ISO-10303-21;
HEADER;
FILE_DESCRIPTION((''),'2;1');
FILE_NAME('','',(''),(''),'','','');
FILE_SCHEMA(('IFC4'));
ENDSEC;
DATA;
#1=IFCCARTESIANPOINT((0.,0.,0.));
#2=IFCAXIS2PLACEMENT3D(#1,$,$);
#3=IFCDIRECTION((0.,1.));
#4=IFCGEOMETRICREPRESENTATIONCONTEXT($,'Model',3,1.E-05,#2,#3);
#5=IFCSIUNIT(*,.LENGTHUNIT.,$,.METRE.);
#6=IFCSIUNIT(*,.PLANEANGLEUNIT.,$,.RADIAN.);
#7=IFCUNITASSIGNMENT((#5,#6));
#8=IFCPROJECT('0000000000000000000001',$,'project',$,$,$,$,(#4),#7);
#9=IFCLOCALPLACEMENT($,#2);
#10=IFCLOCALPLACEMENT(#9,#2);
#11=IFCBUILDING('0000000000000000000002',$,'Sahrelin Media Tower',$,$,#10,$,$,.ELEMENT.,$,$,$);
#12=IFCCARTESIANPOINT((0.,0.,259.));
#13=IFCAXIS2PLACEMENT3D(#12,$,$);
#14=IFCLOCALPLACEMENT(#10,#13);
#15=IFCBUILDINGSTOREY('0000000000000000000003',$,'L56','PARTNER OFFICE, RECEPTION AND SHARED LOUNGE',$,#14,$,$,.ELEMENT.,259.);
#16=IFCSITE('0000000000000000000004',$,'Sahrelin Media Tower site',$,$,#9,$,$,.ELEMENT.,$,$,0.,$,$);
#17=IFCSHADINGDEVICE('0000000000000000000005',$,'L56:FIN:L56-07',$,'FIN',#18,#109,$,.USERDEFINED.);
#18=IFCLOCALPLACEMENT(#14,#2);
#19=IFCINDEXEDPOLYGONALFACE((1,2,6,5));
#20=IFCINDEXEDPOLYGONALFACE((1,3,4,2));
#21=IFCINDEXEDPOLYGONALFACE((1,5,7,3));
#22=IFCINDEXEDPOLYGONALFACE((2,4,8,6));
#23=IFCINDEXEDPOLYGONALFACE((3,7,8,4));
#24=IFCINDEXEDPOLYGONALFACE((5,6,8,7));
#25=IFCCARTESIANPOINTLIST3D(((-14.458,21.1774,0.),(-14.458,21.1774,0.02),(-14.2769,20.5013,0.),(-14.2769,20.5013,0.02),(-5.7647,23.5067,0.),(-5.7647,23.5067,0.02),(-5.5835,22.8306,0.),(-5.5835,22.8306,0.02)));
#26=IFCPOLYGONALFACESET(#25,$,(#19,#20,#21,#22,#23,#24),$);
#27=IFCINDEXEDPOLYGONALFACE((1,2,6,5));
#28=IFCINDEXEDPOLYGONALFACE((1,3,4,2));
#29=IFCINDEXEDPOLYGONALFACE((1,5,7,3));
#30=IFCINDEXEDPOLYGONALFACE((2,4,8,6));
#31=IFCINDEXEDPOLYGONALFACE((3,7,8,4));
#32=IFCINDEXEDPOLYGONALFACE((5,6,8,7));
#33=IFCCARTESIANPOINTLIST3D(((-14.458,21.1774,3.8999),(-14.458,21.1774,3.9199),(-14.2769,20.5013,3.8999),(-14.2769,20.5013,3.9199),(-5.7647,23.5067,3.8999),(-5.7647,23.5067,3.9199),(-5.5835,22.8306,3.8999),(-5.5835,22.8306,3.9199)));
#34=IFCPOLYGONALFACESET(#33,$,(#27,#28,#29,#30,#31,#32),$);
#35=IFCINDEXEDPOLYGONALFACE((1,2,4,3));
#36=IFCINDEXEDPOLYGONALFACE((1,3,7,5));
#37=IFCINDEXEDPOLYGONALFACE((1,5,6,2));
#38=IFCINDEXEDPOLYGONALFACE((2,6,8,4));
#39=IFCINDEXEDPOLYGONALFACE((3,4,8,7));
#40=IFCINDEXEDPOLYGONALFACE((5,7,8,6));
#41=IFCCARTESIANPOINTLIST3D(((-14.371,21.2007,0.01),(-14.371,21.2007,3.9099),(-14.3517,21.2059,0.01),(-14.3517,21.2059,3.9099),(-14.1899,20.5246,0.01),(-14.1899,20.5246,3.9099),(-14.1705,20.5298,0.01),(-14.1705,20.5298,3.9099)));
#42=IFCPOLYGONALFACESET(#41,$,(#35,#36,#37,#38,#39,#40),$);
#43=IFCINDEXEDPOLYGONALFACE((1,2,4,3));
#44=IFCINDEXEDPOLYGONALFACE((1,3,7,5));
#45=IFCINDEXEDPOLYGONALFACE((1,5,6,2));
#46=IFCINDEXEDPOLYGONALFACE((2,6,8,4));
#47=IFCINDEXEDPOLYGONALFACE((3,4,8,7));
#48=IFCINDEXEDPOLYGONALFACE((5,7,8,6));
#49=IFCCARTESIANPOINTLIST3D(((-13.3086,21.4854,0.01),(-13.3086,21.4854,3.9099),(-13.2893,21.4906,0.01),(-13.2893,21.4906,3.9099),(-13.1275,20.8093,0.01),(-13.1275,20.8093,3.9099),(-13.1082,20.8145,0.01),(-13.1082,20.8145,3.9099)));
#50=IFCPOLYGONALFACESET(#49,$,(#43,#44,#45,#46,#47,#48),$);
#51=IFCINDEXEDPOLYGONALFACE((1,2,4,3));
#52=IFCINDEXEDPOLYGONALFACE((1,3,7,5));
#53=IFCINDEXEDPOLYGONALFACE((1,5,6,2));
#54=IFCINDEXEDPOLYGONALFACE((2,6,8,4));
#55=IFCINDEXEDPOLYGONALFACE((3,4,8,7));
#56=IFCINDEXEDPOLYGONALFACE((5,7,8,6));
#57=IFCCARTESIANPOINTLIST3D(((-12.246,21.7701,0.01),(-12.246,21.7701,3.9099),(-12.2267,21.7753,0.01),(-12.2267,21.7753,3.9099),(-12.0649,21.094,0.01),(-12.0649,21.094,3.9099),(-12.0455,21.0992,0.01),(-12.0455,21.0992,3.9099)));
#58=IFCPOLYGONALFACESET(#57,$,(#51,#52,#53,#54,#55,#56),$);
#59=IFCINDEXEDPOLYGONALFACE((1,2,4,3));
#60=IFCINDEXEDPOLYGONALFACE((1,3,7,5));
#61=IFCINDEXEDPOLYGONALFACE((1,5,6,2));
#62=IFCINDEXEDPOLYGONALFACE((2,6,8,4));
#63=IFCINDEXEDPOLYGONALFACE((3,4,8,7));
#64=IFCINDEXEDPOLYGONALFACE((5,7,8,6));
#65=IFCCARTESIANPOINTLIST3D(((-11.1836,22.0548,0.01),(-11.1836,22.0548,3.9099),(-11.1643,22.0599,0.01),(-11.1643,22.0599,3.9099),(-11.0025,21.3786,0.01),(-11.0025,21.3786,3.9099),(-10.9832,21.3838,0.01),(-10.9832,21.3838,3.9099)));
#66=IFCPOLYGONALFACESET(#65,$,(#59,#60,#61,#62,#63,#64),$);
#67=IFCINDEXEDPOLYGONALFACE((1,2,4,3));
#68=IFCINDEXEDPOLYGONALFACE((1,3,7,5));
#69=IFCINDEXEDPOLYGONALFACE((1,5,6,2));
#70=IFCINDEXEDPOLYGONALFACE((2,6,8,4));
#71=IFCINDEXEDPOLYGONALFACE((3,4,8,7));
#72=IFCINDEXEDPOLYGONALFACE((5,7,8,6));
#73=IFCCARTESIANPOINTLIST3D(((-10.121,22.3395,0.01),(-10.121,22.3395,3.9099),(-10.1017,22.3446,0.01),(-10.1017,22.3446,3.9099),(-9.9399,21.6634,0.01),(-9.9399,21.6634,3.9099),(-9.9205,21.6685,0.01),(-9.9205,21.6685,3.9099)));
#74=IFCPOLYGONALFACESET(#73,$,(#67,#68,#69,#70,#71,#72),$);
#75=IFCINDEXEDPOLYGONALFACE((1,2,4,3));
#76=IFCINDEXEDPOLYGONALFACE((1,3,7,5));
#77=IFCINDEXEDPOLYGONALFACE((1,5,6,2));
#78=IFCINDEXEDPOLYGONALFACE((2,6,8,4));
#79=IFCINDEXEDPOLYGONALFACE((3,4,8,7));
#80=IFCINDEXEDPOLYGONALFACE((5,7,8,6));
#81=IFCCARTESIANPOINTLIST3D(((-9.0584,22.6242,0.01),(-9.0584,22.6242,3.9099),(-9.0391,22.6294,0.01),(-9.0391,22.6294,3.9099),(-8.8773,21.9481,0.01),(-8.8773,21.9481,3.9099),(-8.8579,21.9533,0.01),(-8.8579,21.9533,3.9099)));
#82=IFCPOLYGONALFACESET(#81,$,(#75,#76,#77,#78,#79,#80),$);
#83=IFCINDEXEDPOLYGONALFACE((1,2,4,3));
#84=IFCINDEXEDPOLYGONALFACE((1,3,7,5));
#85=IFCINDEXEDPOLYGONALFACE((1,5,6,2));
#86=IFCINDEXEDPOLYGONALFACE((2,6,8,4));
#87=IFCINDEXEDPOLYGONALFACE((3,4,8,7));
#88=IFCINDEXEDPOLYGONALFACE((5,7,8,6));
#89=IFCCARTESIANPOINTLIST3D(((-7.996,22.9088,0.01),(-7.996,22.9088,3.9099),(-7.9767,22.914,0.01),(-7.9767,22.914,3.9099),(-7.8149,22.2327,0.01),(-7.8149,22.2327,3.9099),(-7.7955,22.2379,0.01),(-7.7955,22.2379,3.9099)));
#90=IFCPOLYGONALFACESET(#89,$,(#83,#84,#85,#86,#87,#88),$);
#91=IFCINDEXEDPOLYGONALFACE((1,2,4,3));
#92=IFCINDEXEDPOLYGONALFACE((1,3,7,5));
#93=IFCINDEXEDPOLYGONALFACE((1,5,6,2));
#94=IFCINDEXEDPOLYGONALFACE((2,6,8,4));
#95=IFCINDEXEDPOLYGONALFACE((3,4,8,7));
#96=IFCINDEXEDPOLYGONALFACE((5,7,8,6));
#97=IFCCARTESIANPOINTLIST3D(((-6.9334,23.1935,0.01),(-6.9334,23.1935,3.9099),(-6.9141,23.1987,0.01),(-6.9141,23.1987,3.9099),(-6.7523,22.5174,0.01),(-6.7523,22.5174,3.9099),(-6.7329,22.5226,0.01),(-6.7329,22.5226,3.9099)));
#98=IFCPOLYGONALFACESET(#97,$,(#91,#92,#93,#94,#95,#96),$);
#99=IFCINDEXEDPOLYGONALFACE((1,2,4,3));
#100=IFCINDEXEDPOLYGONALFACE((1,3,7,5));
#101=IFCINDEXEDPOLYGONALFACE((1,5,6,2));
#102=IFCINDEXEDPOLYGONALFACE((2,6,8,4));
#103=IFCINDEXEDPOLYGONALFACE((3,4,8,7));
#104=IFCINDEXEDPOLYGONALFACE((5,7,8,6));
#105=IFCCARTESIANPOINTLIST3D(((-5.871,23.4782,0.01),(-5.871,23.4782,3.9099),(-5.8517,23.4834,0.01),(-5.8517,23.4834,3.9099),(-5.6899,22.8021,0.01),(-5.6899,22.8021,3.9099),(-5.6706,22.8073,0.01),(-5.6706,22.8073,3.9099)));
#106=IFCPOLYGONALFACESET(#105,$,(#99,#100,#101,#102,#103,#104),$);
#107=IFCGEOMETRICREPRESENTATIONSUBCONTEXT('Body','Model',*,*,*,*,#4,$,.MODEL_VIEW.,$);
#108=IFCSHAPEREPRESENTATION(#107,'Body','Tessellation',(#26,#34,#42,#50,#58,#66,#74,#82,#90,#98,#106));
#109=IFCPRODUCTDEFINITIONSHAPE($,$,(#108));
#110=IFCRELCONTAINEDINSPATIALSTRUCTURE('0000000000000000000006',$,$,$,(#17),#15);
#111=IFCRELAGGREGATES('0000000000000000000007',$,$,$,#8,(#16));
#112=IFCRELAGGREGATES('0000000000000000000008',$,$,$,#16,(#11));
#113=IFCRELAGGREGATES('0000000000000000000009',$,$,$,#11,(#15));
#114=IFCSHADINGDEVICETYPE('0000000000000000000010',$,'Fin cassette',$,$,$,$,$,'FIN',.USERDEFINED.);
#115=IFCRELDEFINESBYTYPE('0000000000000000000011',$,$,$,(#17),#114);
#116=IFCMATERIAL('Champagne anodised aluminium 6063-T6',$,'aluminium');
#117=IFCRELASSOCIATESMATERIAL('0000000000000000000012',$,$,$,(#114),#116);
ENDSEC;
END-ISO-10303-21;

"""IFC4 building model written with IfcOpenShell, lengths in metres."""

from ifc_helpers import new_model, si_unit, direction, frame, origin, origin_2d, place, context, subcontext, project, spatial, rectangle, extrude, material, type_object, element, save


model = new_model("IFC4")

# Units and contexts
model_context = context("Model", 3, precision=1e-05, world=origin(), true_north=direction((0.0, 1.0)))
body_context = subcontext(model_context, "Body", "Model", "MODEL_VIEW")
ifc_project = project(units=[si_unit("LENGTHUNIT", "METRE"), si_unit("PLANEANGLEUNIT", "RADIAN")], contexts=[model_context])

# Site, building, storey
site_placement = place(None, origin())
site = spatial("IfcSite", under=ifc_project, at=site_placement, Name="Sahrelin Media Tower site", CompositionType="ELEMENT", RefElevation=0.0)
building_placement = place(site_placement, origin())
building = spatial("IfcBuilding", under=site, at=building_placement, Name="Sahrelin Media Tower", CompositionType="ELEMENT")
storey_placement = place(building_placement, frame((0.0, 0.0, 259.0)))
storey = spatial("IfcBuildingStorey", under=building, at=storey_placement, Name="L56", Description="PARTNER OFFICE, RECEPTION AND SHARED LOUNGE", CompositionType="ELEMENT", Elevation=259.0)

# Shared definitions
ifc_material_1 = material(Name="Champagne anodised aluminium 6063-T6", Category="aluminium")

# Shading device
shading_device_type_1 = type_object("IfcShadingDeviceType", Name="Fin cassette", ElementType="FIN", PredefinedType="USERDEFINED", material=ifc_material_1)
placement = place(storey_placement, frame((-9.9121, 21.5984, 0.0), z_axis=(0.0, 0.0, 1.0), x_axis=(0.965929, 0.258808, 0.0)))
element("IfcShadingDevice", 1, at=placement, inside=storey, type_object=shading_device_type_1, Name="L56:FIN:L56-07", ObjectType="FIN", PredefinedType="USERDEFINED", context=body_context, shape_type="SweptSolid", body=[
    extrude(rectangle(XDim=9.0, YDim=0.7, at=origin_2d()), frame((0.0, 0.4199, 0.0)), (0.0, 0.0, 1.0), 0.02),
    extrude(rectangle(XDim=9.0, YDim=0.7, at=origin_2d()), frame((0.0, 0.4199, 3.8999)), (0.0, 0.0, 1.0), 0.02),
    extrude(rectangle(XDim=0.02, YDim=0.7, at=origin_2d()), frame((-4.3999, 0.4199, 0.01), z_axis=(0.0, 0.0, 1.0), x_axis=(1.0, 0.0, 0.0)), (0.0, 0.0, 1.0), 3.8999),
    extrude(rectangle(XDim=0.02, YDim=0.7, at=origin_2d()), frame((-3.3, 0.4199, 0.01), z_axis=(0.0, 0.0, 1.0), x_axis=(1.0, 0.0, 0.0)), (0.0, 0.0, 1.0), 3.8999),
    extrude(rectangle(XDim=0.02, YDim=0.7, at=origin_2d()), frame((-2.2, 0.4199, 0.01), z_axis=(0.0, 0.0, 1.0), x_axis=(1.0, 0.0, 0.0)), (0.0, 0.0, 1.0), 3.8999),
    extrude(rectangle(XDim=0.02, YDim=0.7, at=origin_2d()), frame((-1.1001, 0.4199, 0.01), z_axis=(0.0, 0.0, 1.0), x_axis=(1.0, 0.0, 0.0)), (0.0, 0.0, 1.0), 3.8999),
    extrude(rectangle(XDim=0.02, YDim=0.7, at=origin_2d()), frame((0.0, 0.4199, 0.01), z_axis=(0.0, 0.0, 1.0), x_axis=(1.0, 0.0, 0.0)), (0.0, 0.0, 1.0), 3.8999),
    extrude(rectangle(XDim=0.02, YDim=0.7, at=origin_2d()), frame((1.1001, 0.4199, 0.01), z_axis=(0.0, 0.0, 1.0), x_axis=(1.0, 0.0, 0.0)), (0.0, 0.0, 1.0), 3.8999),
    extrude(rectangle(XDim=0.02, YDim=0.7, at=origin_2d()), frame((2.2, 0.4199, 0.01), z_axis=(0.0, 0.0, 1.0), x_axis=(1.0, 0.0, 0.0)), (0.0, 0.0, 1.0), 3.8999),
    extrude(rectangle(XDim=0.02, YDim=0.7, at=origin_2d()), frame((3.3, 0.4199, 0.01), z_axis=(0.0, 0.0, 1.0), x_axis=(1.0, 0.0, 0.0)), (0.0, 0.0, 1.0), 3.8999),
    extrude(rectangle(XDim=0.02, YDim=0.7, at=origin_2d()), frame((4.3999, 0.4199, 0.01), z_axis=(0.0, 0.0, 1.0), x_axis=(1.0, 0.0, 0.0)), (0.0, 0.0, 1.0), 3.8999),
])

save(model, "model.ifc")
